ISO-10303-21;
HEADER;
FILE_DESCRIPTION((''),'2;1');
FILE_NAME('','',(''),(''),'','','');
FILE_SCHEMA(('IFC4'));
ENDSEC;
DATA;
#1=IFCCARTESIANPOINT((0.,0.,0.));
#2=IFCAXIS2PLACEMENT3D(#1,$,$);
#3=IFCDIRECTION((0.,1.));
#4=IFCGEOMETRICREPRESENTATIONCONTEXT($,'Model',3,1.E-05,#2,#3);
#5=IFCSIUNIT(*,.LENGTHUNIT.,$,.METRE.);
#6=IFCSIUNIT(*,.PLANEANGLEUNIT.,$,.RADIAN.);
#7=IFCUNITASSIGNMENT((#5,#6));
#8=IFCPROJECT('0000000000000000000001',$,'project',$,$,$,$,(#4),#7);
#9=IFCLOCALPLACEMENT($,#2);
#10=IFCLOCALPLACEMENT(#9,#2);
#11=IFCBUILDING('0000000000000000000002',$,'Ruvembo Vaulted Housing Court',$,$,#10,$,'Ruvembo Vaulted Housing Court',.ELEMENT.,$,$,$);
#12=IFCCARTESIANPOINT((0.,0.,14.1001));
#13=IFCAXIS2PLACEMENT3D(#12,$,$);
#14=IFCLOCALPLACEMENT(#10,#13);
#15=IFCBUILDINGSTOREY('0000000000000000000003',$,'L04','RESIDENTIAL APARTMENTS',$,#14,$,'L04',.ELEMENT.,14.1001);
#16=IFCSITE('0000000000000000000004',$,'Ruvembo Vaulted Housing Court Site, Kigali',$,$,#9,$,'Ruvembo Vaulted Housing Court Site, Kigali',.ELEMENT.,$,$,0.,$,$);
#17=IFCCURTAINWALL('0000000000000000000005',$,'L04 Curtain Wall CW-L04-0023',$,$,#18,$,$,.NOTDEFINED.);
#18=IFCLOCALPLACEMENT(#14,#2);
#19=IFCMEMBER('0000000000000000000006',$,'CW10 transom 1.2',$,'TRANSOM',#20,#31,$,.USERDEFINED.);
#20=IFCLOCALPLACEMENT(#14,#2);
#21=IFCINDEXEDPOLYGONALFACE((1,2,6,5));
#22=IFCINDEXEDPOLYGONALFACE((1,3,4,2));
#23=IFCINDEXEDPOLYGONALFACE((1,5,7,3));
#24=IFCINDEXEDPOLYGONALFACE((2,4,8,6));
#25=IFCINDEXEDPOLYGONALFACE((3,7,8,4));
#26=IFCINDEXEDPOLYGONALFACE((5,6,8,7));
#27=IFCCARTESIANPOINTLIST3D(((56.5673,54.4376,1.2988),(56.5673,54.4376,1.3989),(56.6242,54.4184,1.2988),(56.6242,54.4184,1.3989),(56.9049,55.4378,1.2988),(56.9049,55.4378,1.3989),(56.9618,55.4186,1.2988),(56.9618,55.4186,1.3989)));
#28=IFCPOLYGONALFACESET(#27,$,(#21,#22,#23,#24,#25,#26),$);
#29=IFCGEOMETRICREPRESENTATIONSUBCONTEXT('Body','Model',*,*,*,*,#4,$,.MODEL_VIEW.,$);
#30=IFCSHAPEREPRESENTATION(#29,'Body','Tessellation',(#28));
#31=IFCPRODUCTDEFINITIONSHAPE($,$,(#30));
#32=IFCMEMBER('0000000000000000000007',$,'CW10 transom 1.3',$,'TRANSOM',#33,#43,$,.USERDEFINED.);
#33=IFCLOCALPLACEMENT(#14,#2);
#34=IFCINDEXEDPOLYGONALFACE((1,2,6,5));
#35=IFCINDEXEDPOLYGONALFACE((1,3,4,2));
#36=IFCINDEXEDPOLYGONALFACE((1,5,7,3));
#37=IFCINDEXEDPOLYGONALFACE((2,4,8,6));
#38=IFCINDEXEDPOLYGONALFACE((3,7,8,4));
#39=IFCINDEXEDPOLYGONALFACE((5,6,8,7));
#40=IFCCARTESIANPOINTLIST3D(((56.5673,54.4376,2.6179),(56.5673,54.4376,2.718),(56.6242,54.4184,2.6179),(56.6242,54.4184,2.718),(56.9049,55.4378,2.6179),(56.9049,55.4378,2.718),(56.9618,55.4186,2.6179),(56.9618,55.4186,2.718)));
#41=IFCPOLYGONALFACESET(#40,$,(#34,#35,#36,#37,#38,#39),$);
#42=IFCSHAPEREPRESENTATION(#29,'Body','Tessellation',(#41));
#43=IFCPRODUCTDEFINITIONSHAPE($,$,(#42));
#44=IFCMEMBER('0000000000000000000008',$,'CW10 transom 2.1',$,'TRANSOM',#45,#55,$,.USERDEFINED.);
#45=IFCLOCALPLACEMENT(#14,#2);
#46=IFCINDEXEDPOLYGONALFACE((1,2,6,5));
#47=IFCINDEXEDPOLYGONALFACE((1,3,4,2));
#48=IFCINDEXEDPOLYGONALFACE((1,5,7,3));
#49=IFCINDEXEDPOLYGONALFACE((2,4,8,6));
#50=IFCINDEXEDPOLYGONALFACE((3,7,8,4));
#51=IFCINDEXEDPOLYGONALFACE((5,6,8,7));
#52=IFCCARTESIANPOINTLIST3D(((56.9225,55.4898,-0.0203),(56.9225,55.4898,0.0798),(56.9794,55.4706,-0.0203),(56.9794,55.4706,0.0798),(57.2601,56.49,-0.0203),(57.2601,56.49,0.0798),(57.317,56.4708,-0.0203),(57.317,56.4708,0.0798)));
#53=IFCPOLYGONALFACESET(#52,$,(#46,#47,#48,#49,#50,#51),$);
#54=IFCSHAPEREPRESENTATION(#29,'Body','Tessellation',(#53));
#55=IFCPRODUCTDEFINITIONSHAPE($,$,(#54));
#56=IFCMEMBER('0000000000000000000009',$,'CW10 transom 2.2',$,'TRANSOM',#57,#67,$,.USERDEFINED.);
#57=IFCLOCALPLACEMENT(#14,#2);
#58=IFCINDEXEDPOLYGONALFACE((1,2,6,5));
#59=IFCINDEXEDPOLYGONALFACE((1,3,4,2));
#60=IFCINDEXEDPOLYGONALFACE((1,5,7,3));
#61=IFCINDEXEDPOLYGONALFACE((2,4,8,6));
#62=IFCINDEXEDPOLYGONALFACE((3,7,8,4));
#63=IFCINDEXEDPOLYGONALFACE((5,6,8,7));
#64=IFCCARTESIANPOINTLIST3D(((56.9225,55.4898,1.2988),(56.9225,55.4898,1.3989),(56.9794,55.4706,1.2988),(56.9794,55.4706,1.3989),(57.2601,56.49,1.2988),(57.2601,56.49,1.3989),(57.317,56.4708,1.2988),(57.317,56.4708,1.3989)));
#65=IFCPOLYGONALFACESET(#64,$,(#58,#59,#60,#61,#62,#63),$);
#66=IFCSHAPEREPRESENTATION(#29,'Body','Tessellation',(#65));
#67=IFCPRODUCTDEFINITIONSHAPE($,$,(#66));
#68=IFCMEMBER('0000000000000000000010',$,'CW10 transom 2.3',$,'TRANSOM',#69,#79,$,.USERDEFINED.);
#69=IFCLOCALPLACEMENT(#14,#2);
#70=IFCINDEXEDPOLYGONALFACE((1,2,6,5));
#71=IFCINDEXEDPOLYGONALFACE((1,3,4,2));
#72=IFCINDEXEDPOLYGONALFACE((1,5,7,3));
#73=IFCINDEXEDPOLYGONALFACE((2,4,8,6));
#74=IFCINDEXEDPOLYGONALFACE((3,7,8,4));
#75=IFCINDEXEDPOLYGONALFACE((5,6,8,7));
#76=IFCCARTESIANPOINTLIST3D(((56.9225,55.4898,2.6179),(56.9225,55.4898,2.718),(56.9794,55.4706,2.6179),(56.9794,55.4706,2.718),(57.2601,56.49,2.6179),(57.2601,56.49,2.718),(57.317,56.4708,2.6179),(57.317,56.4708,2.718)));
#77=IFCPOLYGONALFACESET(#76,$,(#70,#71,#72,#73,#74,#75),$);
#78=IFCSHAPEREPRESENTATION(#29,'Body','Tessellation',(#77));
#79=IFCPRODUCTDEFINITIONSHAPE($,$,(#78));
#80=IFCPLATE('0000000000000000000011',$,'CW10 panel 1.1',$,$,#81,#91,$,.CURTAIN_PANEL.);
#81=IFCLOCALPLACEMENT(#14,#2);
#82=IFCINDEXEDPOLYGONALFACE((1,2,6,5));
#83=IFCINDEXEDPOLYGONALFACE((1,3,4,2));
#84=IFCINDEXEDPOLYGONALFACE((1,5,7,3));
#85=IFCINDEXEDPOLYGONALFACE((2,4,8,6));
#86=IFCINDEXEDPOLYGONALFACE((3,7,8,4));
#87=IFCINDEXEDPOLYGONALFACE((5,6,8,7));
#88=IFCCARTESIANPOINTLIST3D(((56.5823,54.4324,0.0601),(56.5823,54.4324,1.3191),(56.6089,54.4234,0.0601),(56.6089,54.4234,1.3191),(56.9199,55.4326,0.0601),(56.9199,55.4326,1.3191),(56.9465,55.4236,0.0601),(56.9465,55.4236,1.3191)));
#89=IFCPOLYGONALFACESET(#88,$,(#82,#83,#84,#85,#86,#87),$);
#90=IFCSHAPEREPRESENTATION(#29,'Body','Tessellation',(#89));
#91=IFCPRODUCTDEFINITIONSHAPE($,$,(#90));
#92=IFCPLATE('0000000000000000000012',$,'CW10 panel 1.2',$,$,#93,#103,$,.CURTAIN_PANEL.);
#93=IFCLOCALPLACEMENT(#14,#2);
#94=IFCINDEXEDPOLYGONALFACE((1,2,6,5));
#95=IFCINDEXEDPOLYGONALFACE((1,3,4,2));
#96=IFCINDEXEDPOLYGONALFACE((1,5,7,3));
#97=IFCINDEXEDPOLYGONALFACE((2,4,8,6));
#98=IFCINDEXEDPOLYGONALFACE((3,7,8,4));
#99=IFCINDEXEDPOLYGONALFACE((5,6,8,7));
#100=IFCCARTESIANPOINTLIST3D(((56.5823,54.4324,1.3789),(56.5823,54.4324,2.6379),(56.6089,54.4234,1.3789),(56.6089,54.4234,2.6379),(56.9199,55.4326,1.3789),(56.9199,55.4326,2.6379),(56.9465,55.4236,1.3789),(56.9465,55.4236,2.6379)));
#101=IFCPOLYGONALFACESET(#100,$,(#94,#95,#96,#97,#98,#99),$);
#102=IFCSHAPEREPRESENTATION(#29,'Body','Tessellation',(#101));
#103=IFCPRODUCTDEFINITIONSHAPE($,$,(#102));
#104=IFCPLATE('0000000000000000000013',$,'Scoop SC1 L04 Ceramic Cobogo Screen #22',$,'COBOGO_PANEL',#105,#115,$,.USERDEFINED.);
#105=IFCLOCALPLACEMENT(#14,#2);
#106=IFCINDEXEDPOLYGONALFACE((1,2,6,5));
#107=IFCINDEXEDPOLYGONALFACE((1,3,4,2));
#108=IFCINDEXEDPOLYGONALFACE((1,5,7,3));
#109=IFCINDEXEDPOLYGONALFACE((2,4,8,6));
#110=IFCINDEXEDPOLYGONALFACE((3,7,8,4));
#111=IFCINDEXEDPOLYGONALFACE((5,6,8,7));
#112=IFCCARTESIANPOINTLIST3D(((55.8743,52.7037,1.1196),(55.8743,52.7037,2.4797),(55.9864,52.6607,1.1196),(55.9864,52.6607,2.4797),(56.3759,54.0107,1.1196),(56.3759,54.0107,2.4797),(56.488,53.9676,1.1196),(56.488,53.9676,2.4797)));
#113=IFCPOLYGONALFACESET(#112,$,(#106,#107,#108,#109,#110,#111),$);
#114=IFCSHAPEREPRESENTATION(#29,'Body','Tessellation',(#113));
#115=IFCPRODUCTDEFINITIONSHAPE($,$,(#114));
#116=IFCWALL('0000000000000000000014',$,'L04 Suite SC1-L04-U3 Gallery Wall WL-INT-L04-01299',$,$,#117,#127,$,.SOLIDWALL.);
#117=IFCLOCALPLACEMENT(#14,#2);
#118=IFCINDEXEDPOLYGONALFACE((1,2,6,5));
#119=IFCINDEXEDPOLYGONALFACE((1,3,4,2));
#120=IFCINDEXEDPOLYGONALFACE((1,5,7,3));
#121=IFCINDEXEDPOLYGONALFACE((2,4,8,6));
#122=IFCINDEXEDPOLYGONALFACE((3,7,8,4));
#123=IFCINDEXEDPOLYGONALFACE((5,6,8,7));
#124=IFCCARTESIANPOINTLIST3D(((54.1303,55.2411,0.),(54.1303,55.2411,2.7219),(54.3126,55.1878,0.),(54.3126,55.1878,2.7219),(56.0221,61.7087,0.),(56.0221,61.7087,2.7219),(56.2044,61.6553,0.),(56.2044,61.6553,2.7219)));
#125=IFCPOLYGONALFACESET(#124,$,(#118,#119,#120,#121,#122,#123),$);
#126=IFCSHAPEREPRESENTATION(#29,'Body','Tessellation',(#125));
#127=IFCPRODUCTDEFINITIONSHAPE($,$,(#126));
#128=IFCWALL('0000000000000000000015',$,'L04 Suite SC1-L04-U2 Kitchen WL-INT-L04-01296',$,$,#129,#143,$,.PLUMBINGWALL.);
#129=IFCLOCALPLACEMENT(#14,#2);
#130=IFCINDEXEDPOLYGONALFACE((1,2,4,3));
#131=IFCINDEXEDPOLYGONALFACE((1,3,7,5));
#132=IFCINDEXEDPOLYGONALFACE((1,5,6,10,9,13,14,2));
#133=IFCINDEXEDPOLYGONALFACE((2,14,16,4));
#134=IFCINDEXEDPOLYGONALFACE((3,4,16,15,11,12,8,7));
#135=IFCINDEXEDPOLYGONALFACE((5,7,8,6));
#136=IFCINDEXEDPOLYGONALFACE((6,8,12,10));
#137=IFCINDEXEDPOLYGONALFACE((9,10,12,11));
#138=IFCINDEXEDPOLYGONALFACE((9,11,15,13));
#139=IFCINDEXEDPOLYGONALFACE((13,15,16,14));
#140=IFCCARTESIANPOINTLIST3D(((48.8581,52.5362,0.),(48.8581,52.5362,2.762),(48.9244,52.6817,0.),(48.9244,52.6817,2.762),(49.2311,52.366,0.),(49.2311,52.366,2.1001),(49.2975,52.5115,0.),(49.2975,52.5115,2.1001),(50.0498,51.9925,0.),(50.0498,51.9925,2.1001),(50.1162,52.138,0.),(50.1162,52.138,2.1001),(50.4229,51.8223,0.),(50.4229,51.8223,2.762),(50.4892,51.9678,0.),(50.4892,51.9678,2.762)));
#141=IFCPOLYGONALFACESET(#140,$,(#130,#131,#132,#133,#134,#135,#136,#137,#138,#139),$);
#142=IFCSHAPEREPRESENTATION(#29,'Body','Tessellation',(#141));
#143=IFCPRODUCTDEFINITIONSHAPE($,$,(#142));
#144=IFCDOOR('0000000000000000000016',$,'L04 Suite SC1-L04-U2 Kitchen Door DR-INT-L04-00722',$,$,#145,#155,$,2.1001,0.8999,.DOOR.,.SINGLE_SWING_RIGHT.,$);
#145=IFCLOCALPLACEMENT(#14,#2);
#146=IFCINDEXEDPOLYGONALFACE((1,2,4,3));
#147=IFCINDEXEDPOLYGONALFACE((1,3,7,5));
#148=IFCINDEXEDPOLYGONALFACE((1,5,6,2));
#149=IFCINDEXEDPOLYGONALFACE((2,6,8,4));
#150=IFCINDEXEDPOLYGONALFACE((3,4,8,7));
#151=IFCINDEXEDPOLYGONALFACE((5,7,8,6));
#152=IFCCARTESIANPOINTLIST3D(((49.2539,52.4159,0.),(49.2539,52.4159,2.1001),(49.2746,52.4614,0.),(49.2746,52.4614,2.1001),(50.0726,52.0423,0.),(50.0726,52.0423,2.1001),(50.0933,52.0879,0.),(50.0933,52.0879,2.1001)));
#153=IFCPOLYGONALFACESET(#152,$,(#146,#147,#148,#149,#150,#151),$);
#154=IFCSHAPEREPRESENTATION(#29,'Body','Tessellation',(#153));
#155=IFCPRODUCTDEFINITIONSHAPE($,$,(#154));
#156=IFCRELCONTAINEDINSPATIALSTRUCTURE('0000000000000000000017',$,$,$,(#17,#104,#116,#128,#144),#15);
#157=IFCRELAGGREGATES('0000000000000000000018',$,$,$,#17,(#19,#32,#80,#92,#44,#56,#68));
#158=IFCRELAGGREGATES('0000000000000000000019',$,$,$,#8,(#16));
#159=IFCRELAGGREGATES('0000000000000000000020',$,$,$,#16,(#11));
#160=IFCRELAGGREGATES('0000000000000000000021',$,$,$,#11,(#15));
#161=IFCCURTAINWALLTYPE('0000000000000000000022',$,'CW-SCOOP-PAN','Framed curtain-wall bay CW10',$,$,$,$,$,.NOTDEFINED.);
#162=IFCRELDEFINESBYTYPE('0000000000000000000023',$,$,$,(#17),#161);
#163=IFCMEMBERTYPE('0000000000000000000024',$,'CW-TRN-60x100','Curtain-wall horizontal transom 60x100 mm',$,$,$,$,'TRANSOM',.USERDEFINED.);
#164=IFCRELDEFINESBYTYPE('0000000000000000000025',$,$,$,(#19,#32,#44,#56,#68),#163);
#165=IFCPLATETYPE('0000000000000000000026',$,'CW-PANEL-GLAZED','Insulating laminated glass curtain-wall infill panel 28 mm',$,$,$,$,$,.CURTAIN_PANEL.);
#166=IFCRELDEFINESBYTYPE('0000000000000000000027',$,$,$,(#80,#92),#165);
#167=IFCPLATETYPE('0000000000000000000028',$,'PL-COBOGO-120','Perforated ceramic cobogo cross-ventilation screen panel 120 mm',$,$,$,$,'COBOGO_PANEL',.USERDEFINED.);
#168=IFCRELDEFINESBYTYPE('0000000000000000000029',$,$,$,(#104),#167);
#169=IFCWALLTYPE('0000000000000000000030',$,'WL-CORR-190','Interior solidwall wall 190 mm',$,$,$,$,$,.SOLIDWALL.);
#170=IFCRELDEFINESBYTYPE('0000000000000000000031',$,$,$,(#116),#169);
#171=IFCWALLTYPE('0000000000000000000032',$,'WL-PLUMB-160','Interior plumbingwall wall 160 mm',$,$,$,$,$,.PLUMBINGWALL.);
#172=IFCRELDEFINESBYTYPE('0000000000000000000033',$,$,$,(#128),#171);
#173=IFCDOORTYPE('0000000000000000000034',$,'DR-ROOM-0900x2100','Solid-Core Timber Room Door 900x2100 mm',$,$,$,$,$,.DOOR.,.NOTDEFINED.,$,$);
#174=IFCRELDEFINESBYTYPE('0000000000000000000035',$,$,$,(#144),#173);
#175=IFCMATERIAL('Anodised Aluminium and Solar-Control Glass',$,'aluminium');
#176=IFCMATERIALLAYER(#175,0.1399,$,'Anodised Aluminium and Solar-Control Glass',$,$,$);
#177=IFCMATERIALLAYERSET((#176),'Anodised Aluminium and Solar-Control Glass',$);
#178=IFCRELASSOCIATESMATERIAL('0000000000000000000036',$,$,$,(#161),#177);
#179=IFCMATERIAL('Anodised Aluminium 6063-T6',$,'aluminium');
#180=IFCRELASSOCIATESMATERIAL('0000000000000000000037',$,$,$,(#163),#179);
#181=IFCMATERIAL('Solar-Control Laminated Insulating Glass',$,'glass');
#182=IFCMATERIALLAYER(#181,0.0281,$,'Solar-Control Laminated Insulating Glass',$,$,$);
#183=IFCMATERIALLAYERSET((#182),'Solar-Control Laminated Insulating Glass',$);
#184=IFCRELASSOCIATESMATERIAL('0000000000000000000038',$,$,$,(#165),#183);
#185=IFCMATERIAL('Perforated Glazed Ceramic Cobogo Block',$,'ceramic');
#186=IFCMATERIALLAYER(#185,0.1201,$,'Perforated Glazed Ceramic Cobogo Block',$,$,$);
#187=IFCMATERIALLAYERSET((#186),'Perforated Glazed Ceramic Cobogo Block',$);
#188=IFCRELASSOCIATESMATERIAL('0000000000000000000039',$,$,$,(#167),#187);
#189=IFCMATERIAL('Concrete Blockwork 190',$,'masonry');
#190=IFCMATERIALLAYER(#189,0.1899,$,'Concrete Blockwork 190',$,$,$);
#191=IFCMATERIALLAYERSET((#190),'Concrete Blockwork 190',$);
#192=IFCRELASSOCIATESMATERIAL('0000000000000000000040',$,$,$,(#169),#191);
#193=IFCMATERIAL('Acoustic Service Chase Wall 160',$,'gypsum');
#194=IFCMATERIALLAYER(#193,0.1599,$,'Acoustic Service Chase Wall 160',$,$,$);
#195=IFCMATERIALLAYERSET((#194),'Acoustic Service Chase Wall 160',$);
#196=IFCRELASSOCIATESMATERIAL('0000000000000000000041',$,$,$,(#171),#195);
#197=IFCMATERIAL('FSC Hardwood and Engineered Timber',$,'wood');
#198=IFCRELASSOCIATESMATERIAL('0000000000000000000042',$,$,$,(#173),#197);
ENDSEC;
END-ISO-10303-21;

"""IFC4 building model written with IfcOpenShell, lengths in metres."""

from ifc_helpers import new_model, si_unit, direction, frame, frame_2d, origin, origin_2d, place, context, subcontext, project, spatial, rectangle, extrude, material, layer, layer_set, material_profile, profile_set, type_object, element, fill, aggregate, save


model = new_model("IFC4")

# Units and contexts
model_context = context("Model", 3, precision=1e-05, world=origin(), true_north=direction((0.0, 1.0)))
body_context = subcontext(model_context, "Body", "Model", "MODEL_VIEW")
ifc_project = project(units=[si_unit("LENGTHUNIT", "METRE"), si_unit("PLANEANGLEUNIT", "RADIAN")], contexts=[model_context])

# Site, building, storey
site_placement = place(None, origin())
site = spatial("IfcSite", under=ifc_project, at=site_placement, Name="Ruvembo Vaulted Housing Court Site, Kigali", LongName="Ruvembo Vaulted Housing Court Site, Kigali", CompositionType="ELEMENT", RefElevation=0.0)
building_placement = place(site_placement, origin())
building = spatial("IfcBuilding", under=site, at=building_placement, Name="Ruvembo Vaulted Housing Court", LongName="Ruvembo Vaulted Housing Court", CompositionType="ELEMENT")
storey_placement = place(building_placement, frame((0.0, 0.0, 14.1001)))
storey = spatial("IfcBuildingStorey", under=building, at=storey_placement, Name="L04", Description="RESIDENTIAL APARTMENTS", LongName="L04", CompositionType="ELEMENT", Elevation=14.1001)

# Curtain wall, members, plates
ifc_material_1 = material(Name="Anodised Aluminium and Solar-Control Glass", Category="aluminium")
ifc_layer_1 = layer(ifc_material_1, 0.1399, Name="Anodised Aluminium and Solar-Control Glass")
ifc_layer_set_1 = layer_set([ifc_layer_1], Name="Anodised Aluminium and Solar-Control Glass")
curtain_wall_type = type_object("IfcCurtainWallType", Name="CW-SCOOP-PAN", Description="Framed curtain-wall bay CW10", PredefinedType="NOTDEFINED", material=ifc_layer_set_1)
curtain_wall_placement = place(storey_placement, origin())
curtain_wall = element("IfcCurtainWall", 1, at=curtain_wall_placement, inside=storey, type_object=curtain_wall_type, Name="L04 Curtain Wall CW-L04-0023", PredefinedType="NOTDEFINED")
ifc_material_2 = material(Name="Anodised Aluminium 6063-T6", Category="aluminium")
ifc_material_profile_1 = material_profile(ifc_material_2, rectangle(XDim=0.0601, YDim=0.1001, at=origin_2d()), Name="ALU 60x100")
ifc_profile_set_1 = profile_set([ifc_material_profile_1], Name="Anodised Aluminium 6063-T6")
member_type_1 = type_object("IfcMemberType", Name="CW-TRN-60x100", Description="Curtain-wall horizontal transom 60x100 mm", ElementType="TRANSOM", PredefinedType="USERDEFINED", material=ifc_profile_set_1)
member_1_placement = place(storey_placement, frame((56.5957, 54.428, 1.3489), z_axis=(0.319833, 0.947474, 0.0), x_axis=(-0.947474, 0.319833, 0.0)))
member_1 = element("IfcMember", 2, at=member_1_placement, type_object=member_type_1, Name="CW10 transom 1.2", ObjectType="TRANSOM", PredefinedType="USERDEFINED", context=body_context, shape_type="SweptSolid", body=[
    extrude(rectangle(XDim=0.0601, YDim=0.1001, at=origin_2d()), origin(), (0.0, 0.0, 1.0), 1.0557),
])
member_2_placement = place(storey_placement, frame((56.5957, 54.428, 2.668), z_axis=(0.319833, 0.947474, 0.0), x_axis=(-0.947474, 0.319833, 0.0)))
member_2 = element("IfcMember", 3, at=member_2_placement, type_object=member_type_1, Name="CW10 transom 1.3", ObjectType="TRANSOM", PredefinedType="USERDEFINED", context=body_context, shape_type="SweptSolid", body=[
    extrude(rectangle(XDim=0.0601, YDim=0.1001, at=origin_2d()), origin(), (0.0, 0.0, 1.0), 1.0557),
])
member_3_placement = place(storey_placement, frame((56.9509, 55.4802, 0.0298), z_axis=(0.319833, 0.947474, 0.0), x_axis=(-0.947474, 0.319833, 0.0)))
member_3 = element("IfcMember", 4, at=member_3_placement, type_object=member_type_1, Name="CW10 transom 2.1", ObjectType="TRANSOM", PredefinedType="USERDEFINED", context=body_context, shape_type="SweptSolid", body=[
    extrude(rectangle(XDim=0.0601, YDim=0.1001, at=origin_2d()), origin(), (0.0, 0.0, 1.0), 1.0557),
])
member_4_placement = place(storey_placement, frame((56.9509, 55.4802, 1.3489), z_axis=(0.319833, 0.947474, 0.0), x_axis=(-0.947474, 0.319833, 0.0)))
member_4 = element("IfcMember", 5, at=member_4_placement, type_object=member_type_1, Name="CW10 transom 2.2", ObjectType="TRANSOM", PredefinedType="USERDEFINED", context=body_context, shape_type="SweptSolid", body=[
    extrude(rectangle(XDim=0.0601, YDim=0.1001, at=origin_2d()), origin(), (0.0, 0.0, 1.0), 1.0557),
])
member_5_placement = place(storey_placement, frame((56.9509, 55.4802, 2.668), z_axis=(0.319833, 0.947474, 0.0), x_axis=(-0.947474, 0.319833, 0.0)))
member_5 = element("IfcMember", 6, at=member_5_placement, type_object=member_type_1, Name="CW10 transom 2.3", ObjectType="TRANSOM", PredefinedType="USERDEFINED", context=body_context, shape_type="SweptSolid", body=[
    extrude(rectangle(XDim=0.0601, YDim=0.1001, at=origin_2d()), origin(), (0.0, 0.0, 1.0), 1.0557),
])
ifc_material_3 = material(Name="Solar-Control Laminated Insulating Glass", Category="glass")
ifc_layer_2 = layer(ifc_material_3, 0.0281, Name="Solar-Control Laminated Insulating Glass")
ifc_layer_set_2 = layer_set([ifc_layer_2], Name="Solar-Control Laminated Insulating Glass")
plate_type_1 = type_object("IfcPlateType", Name="CW-PANEL-GLAZED", Description="Insulating laminated glass curtain-wall infill panel 28 mm", PredefinedType="CURTAIN_PANEL", material=ifc_layer_set_2)
plate_1_placement = place(storey_placement, frame((56.7644, 54.928, 0.0601), z_axis=(0.0, 0.0, 1.0), x_axis=(0.319836, 0.947473, 0.0)))
plate_1 = element("IfcPlate", 7, at=plate_1_placement, type_object=plate_type_1, Name="CW10 panel 1.1", PredefinedType="CURTAIN_PANEL", context=body_context, shape_type="SweptSolid", body=[
    extrude(rectangle(XDim=1.0557, YDim=0.0281, at=origin_2d()), origin(), (0.0, 0.0, 1.0), 1.259),
])
plate_2_placement = place(storey_placement, frame((56.7644, 54.928, 1.3789), z_axis=(0.0, 0.0, 1.0), x_axis=(0.319836, 0.947473, 0.0)))
plate_2 = element("IfcPlate", 8, at=plate_2_placement, type_object=plate_type_1, Name="CW10 panel 1.2", PredefinedType="CURTAIN_PANEL", context=body_context, shape_type="SweptSolid", body=[
    extrude(rectangle(XDim=1.0557, YDim=0.0281, at=origin_2d()), origin(), (0.0, 0.0, 1.0), 1.259),
])
aggregate(curtain_wall, [member_1, member_2, plate_1, plate_2, member_3, member_4, member_5])

# Plate
ifc_material_4 = material(Name="Perforated Glazed Ceramic Cobogo Block", Category="ceramic")
ifc_layer_3 = layer(ifc_material_4, 0.1201, Name="Perforated Glazed Ceramic Cobogo Block")
ifc_layer_set_3 = layer_set([ifc_layer_3], Name="Perforated Glazed Ceramic Cobogo Block")
plate_type_2 = type_object("IfcPlateType", Name="PL-COBOGO-120", Description="Perforated ceramic cobogo cross-ventilation screen panel 120 mm", ElementType="COBOGO_PANEL", PredefinedType="USERDEFINED", material=ifc_layer_set_3)
plate_3_placement = place(storey_placement, frame((56.1812, 53.3357, 1.1196), z_axis=(0.0, 0.0, 1.0), x_axis=(0.358335, 0.933593, 0.0)))
element("IfcPlate", 9, at=plate_3_placement, inside=storey, type_object=plate_type_2, Name="Scoop SC1 L04 Ceramic Cobogo Screen #22", ObjectType="COBOGO_PANEL", PredefinedType="USERDEFINED", context=body_context, shape_type="SweptSolid", body=[
    extrude(rectangle(XDim=1.3999, YDim=0.1201, at=origin_2d()), origin(), (0.0, 0.0, 1.0), 1.3601),
])

# Wall
ifc_material_5 = material(Name="Concrete Blockwork 190", Category="masonry")
ifc_layer_4 = layer(ifc_material_5, 0.1899, Name="Concrete Blockwork 190")
ifc_layer_set_4 = layer_set([ifc_layer_4], Name="Concrete Blockwork 190")
wall_type_1 = type_object("IfcWallType", Name="WL-CORR-190", Description="Interior solidwall wall 190 mm", PredefinedType="SOLIDWALL", material=ifc_layer_set_4)
wall_1_placement = place(storey_placement, frame((54.2214, 55.2146, 0.0), z_axis=(0.0, 0.0, 1.0), x_axis=(0.28075, 0.959781, 0.0)))
element("IfcWall", 10, at=wall_1_placement, inside=storey, type_object=wall_type_1, Name="L04 Suite SC1-L04-U3 Gallery Wall WL-INT-L04-01299", PredefinedType="SOLIDWALL", context=body_context, shape_type="SweptSolid", body=[
    extrude(rectangle(XDim=6.7385, YDim=0.1899, at=frame_2d((3.3691, 0.0))), origin(), (0.0, 0.0, 1.0), 2.7219),
])

# Wall, opening, door
ifc_material_6 = material(Name="Acoustic Service Chase Wall 160", Category="gypsum")
ifc_layer_5 = layer(ifc_material_6, 0.1599, Name="Acoustic Service Chase Wall 160")
ifc_layer_set_5 = layer_set([ifc_layer_5], Name="Acoustic Service Chase Wall 160")
wall_type_2 = type_object("IfcWallType", Name="WL-PLUMB-160", Description="Interior plumbingwall wall 160 mm", PredefinedType="PLUMBINGWALL", material=ifc_layer_set_5)
wall_2_placement = place(storey_placement, frame((48.8914, 52.6089, 0.0), z_axis=(0.0, 0.0, 1.0), x_axis=(0.909787, -0.415075, 0.0)))
wall_2 = element("IfcWall", 11, at=wall_2_placement, inside=storey, type_object=wall_type_2, Name="L04 Suite SC1-L04-U2 Kitchen WL-INT-L04-01296", PredefinedType="PLUMBINGWALL", context=body_context, shape_type="SweptSolid", body=[
    extrude(rectangle(XDim=1.72, YDim=0.1599, at=frame_2d((0.8599, 0.0))), origin(), (0.0, 0.0, 1.0), 2.762),
])
opening_placement = place(wall_2_placement, frame((0.4099, 0.0, 0.0)))
opening = element("IfcOpeningElement", 12, at=opening_placement, cuts=wall_2, PredefinedType="OPENING", context=body_context, shape_type="SweptSolid", body=[
    extrude(rectangle(XDim=0.8999, YDim=2.1001, at=frame_2d((0.45, 1.05))), frame((0.0, 0.0898, 0.0), z_axis=(0.0, -1.0, 0.0), x_axis=(1.0, 0.0, 0.0)), (0.0, 0.0, 1.0), 0.1799),
])
ifc_material_7 = material(Name="FSC Hardwood and Engineered Timber", Category="wood")
door_type = type_object("IfcDoorType", Name="DR-ROOM-0900x2100", Description="Solid-Core Timber Room Door 900x2100 mm", OperationType="NOTDEFINED", PredefinedType="DOOR", material=ifc_material_7)
door_placement = place(opening_placement, origin())
door = element("IfcDoor", 13, at=door_placement, inside=storey, type_object=door_type, Name="L04 Suite SC1-L04-U2 Kitchen Door DR-INT-L04-00722", OperationType="SINGLE_SWING_RIGHT", OverallHeight=2.1001, OverallWidth=0.8999, PredefinedType="DOOR", context=body_context, shape_type="SweptSolid", body=[
    extrude(rectangle(XDim=0.8999, YDim=2.1001, at=frame_2d((0.45, 1.05))), frame((0.0, 0.0249, 0.0), z_axis=(0.0, -1.0, 0.0), x_axis=(1.0, 0.0, 0.0)), (0.0, 0.0, 1.0), 0.05),
])
fill(opening, door)

save(model, "model.ifc")
